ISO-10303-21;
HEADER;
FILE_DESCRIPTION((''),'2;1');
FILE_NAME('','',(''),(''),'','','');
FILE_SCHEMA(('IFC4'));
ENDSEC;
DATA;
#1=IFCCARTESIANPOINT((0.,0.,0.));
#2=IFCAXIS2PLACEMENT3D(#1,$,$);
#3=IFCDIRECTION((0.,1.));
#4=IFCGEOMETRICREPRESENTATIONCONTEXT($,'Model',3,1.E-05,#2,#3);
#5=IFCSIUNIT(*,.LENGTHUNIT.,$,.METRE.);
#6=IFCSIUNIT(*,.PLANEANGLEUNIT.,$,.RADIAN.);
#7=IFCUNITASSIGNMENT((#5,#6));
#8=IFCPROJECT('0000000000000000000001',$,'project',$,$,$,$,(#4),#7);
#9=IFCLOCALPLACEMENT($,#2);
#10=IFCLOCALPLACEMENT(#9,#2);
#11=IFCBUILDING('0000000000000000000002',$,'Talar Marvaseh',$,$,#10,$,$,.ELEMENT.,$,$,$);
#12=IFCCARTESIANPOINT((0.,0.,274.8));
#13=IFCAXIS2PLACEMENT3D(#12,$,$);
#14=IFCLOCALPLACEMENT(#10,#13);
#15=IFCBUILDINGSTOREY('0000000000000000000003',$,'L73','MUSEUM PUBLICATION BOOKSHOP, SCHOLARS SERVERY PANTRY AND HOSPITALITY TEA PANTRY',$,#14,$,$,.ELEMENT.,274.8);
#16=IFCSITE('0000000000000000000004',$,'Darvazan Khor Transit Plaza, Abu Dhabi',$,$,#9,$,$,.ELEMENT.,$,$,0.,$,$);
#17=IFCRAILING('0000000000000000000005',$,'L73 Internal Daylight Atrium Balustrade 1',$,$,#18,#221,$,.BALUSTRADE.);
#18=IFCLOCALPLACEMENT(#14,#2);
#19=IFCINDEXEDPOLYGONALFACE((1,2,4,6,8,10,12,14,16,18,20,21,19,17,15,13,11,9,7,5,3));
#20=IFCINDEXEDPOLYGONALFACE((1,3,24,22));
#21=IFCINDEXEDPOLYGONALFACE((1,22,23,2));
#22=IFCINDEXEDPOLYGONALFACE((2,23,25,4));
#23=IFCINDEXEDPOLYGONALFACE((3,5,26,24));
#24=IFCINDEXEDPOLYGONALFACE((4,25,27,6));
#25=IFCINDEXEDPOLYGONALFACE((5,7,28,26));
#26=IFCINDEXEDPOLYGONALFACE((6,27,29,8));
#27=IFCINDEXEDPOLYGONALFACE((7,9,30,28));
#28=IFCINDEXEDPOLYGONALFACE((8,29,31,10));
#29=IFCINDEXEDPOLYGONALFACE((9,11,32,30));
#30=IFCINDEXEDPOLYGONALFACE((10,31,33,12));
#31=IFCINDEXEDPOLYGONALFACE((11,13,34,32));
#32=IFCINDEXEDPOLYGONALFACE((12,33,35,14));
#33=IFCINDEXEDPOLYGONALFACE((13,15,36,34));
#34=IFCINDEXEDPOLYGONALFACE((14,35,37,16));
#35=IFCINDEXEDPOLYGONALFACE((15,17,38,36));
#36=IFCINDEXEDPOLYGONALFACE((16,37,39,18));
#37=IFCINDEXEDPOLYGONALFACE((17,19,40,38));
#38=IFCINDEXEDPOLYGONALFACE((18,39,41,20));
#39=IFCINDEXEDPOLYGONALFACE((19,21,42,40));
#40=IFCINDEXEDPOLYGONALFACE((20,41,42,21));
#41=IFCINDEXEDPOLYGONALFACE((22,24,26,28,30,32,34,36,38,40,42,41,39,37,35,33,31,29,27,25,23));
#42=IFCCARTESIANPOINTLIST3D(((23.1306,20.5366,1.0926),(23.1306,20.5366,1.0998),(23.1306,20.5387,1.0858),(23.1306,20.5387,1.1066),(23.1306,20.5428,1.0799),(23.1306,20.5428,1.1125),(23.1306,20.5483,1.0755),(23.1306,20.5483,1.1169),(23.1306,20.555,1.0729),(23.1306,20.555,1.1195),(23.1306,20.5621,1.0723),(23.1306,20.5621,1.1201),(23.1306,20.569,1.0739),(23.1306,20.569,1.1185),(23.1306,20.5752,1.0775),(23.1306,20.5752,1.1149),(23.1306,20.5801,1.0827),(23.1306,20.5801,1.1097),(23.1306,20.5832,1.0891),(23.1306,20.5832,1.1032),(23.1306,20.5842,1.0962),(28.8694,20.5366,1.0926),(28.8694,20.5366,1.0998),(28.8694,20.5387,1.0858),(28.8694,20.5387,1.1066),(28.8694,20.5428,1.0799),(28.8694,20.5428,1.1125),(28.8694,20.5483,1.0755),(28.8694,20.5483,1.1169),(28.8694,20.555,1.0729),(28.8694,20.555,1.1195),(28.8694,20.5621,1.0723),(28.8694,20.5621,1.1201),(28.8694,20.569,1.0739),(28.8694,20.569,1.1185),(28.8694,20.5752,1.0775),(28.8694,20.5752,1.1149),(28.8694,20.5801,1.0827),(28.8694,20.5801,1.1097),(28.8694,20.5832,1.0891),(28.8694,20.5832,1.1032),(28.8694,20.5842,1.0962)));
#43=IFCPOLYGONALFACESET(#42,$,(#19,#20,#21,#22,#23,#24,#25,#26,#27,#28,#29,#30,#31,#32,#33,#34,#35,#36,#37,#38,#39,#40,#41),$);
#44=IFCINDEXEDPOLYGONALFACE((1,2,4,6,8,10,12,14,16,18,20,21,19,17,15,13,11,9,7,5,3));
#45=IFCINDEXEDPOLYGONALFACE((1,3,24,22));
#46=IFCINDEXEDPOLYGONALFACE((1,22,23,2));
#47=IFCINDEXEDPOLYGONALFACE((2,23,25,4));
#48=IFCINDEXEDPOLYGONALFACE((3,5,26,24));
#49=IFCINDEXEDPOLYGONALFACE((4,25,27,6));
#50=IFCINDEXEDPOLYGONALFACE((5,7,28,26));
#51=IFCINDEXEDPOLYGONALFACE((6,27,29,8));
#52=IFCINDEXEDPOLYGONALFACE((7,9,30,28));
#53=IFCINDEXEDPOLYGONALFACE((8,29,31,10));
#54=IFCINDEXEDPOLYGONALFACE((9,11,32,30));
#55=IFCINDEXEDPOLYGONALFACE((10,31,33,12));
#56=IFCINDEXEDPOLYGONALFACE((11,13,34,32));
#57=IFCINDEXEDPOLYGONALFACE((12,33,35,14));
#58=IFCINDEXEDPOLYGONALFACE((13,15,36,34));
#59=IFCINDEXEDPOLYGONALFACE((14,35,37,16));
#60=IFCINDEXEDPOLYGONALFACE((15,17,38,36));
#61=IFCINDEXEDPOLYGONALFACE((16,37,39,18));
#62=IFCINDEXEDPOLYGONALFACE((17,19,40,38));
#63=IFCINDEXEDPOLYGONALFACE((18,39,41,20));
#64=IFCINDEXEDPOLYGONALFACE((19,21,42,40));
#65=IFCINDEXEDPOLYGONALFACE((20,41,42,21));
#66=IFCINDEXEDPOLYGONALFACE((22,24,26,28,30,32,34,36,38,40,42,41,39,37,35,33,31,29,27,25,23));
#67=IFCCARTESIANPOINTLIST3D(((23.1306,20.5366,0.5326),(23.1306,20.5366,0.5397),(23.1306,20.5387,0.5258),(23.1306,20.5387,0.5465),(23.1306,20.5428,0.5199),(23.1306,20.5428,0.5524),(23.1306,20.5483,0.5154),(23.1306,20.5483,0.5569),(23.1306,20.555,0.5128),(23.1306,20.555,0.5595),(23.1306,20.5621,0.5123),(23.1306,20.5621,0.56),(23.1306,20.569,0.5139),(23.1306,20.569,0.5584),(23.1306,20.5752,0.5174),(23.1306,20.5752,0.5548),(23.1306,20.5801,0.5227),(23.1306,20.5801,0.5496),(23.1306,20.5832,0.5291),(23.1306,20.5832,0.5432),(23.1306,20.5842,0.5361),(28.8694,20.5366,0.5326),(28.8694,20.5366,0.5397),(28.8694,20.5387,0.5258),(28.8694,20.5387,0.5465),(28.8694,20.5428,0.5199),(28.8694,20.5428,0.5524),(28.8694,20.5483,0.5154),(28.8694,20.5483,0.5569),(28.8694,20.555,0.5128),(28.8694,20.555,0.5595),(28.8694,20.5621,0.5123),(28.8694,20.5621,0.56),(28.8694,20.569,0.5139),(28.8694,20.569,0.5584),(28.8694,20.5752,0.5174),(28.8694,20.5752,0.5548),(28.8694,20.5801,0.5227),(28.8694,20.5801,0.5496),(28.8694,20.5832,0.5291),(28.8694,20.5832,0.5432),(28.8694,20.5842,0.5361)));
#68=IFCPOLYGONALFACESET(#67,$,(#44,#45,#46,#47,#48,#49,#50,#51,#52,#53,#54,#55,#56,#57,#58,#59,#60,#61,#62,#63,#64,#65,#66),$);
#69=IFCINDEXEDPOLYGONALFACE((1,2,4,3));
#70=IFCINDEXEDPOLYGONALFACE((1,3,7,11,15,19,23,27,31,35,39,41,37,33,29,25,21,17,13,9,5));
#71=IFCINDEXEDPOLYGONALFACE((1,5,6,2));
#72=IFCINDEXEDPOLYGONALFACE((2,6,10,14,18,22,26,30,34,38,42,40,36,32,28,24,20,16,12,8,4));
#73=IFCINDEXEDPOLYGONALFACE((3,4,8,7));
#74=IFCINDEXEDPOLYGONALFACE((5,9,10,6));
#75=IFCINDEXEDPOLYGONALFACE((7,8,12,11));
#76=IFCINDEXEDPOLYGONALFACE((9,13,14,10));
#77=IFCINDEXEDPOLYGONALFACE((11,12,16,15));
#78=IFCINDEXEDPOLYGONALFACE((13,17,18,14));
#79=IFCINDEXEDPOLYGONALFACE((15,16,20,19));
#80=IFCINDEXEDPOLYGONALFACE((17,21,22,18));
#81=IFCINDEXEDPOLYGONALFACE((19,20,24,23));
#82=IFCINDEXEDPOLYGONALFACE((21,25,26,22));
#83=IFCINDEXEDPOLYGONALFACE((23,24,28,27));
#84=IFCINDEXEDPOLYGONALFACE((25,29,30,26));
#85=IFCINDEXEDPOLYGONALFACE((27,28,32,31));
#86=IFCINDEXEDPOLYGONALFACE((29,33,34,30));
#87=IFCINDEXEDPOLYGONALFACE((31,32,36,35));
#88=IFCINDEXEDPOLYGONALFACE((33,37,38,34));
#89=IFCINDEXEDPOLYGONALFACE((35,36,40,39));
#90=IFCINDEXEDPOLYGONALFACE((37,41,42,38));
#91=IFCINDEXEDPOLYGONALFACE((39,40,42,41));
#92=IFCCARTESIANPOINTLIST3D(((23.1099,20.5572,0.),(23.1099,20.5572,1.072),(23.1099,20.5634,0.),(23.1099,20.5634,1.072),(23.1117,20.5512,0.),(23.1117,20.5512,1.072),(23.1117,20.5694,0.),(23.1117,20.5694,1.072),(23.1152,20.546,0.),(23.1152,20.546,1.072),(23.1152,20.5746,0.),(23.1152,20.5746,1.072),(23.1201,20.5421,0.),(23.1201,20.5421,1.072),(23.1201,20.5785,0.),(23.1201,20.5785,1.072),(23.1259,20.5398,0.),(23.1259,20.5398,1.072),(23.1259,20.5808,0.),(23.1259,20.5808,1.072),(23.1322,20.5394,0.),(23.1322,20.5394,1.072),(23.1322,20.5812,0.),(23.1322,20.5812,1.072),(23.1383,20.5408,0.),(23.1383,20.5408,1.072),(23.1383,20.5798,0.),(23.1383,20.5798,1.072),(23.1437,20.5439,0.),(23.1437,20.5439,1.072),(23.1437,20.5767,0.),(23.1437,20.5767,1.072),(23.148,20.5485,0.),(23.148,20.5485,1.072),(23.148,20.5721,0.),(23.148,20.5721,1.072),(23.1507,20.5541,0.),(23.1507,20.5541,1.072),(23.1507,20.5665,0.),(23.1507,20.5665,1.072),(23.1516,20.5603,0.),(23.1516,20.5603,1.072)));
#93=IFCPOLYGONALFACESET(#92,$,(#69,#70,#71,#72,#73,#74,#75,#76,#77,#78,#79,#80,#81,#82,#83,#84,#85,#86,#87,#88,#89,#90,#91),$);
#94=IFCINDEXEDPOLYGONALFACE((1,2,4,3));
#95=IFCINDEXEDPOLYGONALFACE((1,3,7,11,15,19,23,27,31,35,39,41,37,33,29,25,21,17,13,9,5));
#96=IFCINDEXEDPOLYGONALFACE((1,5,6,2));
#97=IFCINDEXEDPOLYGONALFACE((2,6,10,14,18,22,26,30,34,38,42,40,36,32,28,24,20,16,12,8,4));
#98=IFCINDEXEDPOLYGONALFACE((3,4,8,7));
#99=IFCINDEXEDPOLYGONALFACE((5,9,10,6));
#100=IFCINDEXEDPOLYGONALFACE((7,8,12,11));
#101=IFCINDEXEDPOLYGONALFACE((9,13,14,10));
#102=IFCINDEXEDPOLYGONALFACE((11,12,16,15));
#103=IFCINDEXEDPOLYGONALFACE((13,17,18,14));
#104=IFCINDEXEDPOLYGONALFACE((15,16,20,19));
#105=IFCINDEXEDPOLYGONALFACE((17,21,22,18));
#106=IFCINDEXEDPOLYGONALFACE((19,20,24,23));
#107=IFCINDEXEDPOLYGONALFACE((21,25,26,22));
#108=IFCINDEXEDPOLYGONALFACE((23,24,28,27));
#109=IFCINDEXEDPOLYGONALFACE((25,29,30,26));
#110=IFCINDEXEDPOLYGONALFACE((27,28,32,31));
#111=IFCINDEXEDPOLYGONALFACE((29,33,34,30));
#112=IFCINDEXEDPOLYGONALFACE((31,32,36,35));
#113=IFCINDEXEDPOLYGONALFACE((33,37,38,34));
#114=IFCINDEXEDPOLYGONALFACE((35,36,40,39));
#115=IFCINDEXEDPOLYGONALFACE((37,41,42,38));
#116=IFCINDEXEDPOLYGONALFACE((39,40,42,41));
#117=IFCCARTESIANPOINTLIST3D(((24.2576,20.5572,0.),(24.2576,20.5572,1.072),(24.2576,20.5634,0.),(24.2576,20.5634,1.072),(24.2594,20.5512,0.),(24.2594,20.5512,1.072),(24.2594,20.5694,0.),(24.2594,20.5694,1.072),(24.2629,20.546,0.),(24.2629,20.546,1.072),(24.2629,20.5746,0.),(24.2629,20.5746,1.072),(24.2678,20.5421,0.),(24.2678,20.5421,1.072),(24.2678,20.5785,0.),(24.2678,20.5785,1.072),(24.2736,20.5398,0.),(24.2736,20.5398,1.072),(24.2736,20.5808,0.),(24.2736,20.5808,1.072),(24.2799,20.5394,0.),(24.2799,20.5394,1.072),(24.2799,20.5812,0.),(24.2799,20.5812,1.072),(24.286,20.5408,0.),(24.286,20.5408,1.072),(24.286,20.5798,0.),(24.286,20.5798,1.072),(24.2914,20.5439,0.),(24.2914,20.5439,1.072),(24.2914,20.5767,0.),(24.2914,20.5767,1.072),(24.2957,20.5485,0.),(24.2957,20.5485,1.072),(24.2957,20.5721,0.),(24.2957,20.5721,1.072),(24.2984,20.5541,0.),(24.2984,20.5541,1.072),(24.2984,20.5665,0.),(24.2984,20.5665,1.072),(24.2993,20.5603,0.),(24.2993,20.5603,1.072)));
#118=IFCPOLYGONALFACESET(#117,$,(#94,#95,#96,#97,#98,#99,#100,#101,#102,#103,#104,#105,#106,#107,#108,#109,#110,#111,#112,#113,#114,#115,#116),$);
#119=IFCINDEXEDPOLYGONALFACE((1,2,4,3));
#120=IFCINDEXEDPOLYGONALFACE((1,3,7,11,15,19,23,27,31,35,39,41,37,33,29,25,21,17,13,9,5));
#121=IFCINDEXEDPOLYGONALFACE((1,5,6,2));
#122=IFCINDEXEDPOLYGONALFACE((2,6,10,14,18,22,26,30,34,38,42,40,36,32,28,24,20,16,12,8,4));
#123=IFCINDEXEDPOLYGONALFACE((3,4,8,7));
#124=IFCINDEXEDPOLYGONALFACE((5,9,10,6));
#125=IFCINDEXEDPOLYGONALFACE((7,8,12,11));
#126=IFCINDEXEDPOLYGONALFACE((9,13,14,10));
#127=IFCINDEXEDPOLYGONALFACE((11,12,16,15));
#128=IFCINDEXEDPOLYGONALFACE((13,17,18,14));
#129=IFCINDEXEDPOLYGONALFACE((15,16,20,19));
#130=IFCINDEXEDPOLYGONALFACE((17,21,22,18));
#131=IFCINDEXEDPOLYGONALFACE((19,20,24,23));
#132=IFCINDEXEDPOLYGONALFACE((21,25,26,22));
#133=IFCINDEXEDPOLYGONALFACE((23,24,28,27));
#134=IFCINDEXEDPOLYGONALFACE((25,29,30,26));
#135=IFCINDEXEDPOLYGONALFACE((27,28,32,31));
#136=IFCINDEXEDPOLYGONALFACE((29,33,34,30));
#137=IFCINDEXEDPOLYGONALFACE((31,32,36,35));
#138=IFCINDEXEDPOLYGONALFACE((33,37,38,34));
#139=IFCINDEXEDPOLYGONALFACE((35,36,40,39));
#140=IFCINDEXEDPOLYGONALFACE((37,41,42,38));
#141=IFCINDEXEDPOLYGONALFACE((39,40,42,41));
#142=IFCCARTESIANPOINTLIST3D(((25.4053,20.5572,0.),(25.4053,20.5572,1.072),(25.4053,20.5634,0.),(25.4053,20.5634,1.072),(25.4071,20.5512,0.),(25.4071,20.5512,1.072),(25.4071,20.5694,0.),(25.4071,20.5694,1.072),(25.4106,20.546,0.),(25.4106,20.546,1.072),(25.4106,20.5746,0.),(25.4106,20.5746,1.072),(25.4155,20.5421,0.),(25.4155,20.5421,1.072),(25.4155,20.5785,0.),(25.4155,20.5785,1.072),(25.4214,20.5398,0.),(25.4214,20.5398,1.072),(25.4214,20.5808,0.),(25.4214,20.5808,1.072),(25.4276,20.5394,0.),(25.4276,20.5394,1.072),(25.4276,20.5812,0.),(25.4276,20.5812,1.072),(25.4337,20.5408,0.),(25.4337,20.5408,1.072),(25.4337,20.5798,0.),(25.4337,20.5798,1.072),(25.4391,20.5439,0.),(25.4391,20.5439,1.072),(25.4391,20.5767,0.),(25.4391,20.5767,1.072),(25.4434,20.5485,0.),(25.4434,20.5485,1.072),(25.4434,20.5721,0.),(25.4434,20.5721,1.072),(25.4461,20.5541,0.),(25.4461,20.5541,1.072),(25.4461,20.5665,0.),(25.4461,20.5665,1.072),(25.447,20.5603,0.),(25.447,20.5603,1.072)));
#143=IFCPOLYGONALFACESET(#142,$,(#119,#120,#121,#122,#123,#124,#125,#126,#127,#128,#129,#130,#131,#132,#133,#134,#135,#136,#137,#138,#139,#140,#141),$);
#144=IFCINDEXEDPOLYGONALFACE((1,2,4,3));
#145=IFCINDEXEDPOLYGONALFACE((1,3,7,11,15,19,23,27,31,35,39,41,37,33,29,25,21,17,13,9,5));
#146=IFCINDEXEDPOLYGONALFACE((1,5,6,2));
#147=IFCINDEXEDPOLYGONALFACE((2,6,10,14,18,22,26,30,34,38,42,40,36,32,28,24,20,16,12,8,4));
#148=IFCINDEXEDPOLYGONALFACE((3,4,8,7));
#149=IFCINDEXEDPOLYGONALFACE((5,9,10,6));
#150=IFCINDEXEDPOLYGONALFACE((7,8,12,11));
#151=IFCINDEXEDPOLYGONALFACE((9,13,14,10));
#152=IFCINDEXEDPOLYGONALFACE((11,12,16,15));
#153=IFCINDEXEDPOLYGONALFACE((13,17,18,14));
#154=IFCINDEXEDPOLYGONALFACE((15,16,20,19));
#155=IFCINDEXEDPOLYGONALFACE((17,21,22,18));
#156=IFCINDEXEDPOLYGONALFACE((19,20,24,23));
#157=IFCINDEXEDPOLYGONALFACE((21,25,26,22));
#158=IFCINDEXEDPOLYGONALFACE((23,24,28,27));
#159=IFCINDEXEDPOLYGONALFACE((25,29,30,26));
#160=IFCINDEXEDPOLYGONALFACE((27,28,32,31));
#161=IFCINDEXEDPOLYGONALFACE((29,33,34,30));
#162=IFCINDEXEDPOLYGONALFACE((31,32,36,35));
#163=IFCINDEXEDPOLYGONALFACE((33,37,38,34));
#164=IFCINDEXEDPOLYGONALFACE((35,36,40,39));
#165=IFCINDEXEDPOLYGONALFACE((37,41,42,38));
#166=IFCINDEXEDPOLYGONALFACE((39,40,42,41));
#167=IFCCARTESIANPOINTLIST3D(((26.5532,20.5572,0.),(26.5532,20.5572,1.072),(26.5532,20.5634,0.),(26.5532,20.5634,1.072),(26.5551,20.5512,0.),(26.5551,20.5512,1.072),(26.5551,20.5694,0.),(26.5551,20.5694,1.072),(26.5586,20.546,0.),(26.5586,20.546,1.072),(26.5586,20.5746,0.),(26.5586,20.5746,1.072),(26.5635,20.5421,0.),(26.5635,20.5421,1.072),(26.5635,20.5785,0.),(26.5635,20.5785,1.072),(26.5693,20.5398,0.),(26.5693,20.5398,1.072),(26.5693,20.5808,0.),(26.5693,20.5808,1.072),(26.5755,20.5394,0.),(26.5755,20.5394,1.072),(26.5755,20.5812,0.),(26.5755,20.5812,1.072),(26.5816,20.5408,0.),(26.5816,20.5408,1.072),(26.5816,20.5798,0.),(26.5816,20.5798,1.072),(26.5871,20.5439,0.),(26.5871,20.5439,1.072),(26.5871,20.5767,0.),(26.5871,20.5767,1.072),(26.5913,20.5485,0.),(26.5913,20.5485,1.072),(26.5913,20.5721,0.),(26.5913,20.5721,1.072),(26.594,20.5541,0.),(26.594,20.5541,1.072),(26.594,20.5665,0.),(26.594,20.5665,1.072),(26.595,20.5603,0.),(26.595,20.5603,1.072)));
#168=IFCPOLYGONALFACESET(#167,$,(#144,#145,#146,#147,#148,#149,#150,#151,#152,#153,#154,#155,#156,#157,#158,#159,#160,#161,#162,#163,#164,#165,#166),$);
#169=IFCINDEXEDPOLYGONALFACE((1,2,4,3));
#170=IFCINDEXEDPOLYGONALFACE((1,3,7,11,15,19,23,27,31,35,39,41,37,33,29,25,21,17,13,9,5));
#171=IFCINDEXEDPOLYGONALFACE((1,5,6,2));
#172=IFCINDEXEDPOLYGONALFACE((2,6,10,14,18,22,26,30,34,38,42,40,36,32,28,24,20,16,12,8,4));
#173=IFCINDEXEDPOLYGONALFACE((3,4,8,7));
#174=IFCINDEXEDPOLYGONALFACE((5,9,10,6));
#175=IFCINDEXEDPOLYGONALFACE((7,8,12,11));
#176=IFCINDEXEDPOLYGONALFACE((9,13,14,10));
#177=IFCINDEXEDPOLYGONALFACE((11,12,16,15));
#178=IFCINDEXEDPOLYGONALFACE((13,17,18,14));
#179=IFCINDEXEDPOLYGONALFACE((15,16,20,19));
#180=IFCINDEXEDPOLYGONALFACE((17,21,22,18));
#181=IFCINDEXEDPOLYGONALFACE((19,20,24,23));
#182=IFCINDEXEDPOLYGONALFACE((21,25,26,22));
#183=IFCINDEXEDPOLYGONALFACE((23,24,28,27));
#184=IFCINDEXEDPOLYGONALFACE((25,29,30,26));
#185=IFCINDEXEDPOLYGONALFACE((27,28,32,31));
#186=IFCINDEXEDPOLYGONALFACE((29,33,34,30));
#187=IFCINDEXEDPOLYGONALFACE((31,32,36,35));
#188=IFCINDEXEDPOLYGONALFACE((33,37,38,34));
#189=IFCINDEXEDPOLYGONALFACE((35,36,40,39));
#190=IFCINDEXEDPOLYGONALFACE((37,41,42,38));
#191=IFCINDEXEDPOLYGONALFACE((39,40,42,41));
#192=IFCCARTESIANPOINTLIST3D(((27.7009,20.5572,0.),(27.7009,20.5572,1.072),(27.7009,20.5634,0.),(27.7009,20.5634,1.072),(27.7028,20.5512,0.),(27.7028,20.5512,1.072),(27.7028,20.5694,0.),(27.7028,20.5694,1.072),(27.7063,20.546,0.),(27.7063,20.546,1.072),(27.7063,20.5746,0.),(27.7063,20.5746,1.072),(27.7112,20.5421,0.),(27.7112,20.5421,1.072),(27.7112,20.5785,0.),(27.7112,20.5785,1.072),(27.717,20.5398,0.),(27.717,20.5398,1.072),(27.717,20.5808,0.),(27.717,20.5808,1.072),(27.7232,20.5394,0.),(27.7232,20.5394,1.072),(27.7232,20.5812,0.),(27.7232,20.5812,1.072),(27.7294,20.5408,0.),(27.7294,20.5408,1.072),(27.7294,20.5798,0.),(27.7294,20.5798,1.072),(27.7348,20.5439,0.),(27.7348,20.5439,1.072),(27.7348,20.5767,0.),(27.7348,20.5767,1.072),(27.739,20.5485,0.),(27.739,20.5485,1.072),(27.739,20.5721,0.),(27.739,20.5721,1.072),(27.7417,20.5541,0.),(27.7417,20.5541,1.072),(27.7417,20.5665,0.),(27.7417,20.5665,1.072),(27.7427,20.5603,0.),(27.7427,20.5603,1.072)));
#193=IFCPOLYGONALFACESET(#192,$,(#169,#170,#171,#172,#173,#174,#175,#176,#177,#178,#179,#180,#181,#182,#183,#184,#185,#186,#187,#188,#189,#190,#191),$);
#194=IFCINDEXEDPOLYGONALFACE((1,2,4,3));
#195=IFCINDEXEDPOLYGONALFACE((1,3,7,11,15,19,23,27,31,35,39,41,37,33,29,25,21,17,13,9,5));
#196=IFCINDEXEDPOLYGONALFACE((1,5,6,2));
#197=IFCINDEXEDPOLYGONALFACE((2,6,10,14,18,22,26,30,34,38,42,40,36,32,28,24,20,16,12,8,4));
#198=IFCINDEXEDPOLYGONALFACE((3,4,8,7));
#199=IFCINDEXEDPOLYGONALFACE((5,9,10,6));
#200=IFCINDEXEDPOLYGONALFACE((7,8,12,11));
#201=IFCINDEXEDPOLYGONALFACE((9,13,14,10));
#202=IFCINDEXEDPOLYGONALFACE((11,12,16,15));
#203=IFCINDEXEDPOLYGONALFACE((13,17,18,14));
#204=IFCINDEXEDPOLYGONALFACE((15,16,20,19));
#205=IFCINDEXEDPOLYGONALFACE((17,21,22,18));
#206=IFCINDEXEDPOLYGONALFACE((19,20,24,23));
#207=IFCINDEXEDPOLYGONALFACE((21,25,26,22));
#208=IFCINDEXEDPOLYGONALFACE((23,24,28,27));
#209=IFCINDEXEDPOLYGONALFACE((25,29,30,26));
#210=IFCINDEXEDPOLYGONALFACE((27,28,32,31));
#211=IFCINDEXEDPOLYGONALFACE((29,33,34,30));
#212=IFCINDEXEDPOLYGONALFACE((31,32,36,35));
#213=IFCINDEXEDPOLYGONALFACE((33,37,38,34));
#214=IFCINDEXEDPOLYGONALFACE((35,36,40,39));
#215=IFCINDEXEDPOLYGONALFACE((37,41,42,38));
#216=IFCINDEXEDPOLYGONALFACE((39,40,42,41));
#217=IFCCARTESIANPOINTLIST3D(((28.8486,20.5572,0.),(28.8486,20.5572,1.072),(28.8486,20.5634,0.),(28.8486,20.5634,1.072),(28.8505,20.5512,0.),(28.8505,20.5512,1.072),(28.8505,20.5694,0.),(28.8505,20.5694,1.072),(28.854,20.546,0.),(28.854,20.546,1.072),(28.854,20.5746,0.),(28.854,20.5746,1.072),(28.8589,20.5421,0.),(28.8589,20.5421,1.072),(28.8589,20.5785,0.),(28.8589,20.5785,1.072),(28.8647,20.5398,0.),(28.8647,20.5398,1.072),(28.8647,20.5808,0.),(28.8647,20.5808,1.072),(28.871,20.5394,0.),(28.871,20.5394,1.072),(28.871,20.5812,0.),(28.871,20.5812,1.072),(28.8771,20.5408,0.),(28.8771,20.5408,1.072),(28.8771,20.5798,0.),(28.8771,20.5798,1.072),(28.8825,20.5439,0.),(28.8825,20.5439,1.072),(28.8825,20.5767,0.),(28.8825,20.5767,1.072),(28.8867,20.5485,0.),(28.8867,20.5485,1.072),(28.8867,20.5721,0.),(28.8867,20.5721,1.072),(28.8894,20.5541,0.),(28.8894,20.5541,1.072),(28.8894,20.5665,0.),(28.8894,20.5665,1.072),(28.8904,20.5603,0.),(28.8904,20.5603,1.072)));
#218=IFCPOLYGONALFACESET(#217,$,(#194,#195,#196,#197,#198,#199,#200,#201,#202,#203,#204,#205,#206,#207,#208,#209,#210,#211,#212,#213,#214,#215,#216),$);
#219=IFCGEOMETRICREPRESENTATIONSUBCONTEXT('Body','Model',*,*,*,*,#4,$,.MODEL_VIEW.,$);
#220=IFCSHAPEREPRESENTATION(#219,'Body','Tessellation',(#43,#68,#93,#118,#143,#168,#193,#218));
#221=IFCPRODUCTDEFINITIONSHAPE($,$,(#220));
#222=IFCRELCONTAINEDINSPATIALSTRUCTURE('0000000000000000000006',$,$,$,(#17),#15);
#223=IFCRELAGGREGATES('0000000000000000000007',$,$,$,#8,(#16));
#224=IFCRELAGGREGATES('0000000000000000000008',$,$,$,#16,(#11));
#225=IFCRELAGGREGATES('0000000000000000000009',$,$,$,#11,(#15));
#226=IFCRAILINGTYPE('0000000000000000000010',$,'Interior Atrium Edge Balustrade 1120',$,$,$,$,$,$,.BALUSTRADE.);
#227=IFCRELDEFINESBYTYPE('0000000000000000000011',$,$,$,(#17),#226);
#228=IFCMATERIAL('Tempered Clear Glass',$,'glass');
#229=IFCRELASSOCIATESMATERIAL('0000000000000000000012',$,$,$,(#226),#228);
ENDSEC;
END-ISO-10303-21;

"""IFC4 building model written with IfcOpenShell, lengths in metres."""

from ifc_helpers import new_model, si_unit, direction, frame, origin, origin_2d, place, context, subcontext, project, spatial, circle, extrude, material, type_object, element, save


model = new_model("IFC4")

# Units and contexts
model_context = context("Model", 3, precision=1e-05, world=origin(), true_north=direction((0.0, 1.0)))
body_context = subcontext(model_context, "Body", "Model", "MODEL_VIEW")
ifc_project = project(units=[si_unit("LENGTHUNIT", "METRE"), si_unit("PLANEANGLEUNIT", "RADIAN")], contexts=[model_context])

# Site, building, storey
site_placement = place(None, origin())
site = spatial("IfcSite", under=ifc_project, at=site_placement, Name="Darvazan Khor Transit Plaza, Abu Dhabi", CompositionType="ELEMENT", RefElevation=0.0)
building_placement = place(site_placement, origin())
building = spatial("IfcBuilding", under=site, at=building_placement, Name="Talar Marvaseh", CompositionType="ELEMENT")
storey_placement = place(building_placement, frame((0.0, 0.0, 274.8)))
storey = spatial("IfcBuildingStorey", under=building, at=storey_placement, Name="L73", Description="MUSEUM PUBLICATION BOOKSHOP, SCHOLARS SERVERY PANTRY AND HOSPITALITY TEA PANTRY", CompositionType="ELEMENT", Elevation=274.8)

# Railing
ifc_material_1 = material(Name="Tempered Clear Glass", Category="glass")
railing_type = type_object("IfcRailingType", Name="Interior Atrium Edge Balustrade 1120", PredefinedType="BALUSTRADE", material=ifc_material_1)
railing_1_placement = place(storey_placement, frame((23.1306, 20.5603, 0.0)))
element("IfcRailing", 1, at=railing_1_placement, inside=storey, type_object=railing_type, Name="L73 Internal Daylight Atrium Balustrade 1", PredefinedType="BALUSTRADE", context=body_context, shape_type="SweptSolid", body=[
    extrude(circle(Radius=0.0239, at=origin_2d()), frame((0.0, 0.0, 1.0962), z_axis=(1.0, 0.0, 0.0), x_axis=(0.0, 1.0, 0.0)), (0.0, 0.0, 1.0), 5.7388),
    extrude(circle(Radius=0.0239, at=origin_2d()), frame((0.0, 0.0, 0.5361), z_axis=(1.0, 0.0, 0.0), x_axis=(0.0, 1.0, 0.0)), (0.0, 0.0, 1.0), 5.7388),
    extrude(circle(Radius=0.021, at=origin_2d()), origin(), (0.0, 0.0, 1.0), 1.072),
    extrude(circle(Radius=0.021, at=origin_2d()), frame((1.1477, 0.0, 0.0)), (0.0, 0.0, 1.0), 1.072),
    extrude(circle(Radius=0.021, at=origin_2d()), frame((2.2954, 0.0, 0.0)), (0.0, 0.0, 1.0), 1.072),
    extrude(circle(Radius=0.021, at=origin_2d()), frame((3.4434, 0.0, 0.0)), (0.0, 0.0, 1.0), 1.072),
    extrude(circle(Radius=0.021, at=origin_2d()), frame((4.5911, 0.0, 0.0)), (0.0, 0.0, 1.0), 1.072),
    extrude(circle(Radius=0.021, at=origin_2d()), frame((5.7388, 0.0, 0.0)), (0.0, 0.0, 1.0), 1.072),
])

save(model, "model.ifc")
